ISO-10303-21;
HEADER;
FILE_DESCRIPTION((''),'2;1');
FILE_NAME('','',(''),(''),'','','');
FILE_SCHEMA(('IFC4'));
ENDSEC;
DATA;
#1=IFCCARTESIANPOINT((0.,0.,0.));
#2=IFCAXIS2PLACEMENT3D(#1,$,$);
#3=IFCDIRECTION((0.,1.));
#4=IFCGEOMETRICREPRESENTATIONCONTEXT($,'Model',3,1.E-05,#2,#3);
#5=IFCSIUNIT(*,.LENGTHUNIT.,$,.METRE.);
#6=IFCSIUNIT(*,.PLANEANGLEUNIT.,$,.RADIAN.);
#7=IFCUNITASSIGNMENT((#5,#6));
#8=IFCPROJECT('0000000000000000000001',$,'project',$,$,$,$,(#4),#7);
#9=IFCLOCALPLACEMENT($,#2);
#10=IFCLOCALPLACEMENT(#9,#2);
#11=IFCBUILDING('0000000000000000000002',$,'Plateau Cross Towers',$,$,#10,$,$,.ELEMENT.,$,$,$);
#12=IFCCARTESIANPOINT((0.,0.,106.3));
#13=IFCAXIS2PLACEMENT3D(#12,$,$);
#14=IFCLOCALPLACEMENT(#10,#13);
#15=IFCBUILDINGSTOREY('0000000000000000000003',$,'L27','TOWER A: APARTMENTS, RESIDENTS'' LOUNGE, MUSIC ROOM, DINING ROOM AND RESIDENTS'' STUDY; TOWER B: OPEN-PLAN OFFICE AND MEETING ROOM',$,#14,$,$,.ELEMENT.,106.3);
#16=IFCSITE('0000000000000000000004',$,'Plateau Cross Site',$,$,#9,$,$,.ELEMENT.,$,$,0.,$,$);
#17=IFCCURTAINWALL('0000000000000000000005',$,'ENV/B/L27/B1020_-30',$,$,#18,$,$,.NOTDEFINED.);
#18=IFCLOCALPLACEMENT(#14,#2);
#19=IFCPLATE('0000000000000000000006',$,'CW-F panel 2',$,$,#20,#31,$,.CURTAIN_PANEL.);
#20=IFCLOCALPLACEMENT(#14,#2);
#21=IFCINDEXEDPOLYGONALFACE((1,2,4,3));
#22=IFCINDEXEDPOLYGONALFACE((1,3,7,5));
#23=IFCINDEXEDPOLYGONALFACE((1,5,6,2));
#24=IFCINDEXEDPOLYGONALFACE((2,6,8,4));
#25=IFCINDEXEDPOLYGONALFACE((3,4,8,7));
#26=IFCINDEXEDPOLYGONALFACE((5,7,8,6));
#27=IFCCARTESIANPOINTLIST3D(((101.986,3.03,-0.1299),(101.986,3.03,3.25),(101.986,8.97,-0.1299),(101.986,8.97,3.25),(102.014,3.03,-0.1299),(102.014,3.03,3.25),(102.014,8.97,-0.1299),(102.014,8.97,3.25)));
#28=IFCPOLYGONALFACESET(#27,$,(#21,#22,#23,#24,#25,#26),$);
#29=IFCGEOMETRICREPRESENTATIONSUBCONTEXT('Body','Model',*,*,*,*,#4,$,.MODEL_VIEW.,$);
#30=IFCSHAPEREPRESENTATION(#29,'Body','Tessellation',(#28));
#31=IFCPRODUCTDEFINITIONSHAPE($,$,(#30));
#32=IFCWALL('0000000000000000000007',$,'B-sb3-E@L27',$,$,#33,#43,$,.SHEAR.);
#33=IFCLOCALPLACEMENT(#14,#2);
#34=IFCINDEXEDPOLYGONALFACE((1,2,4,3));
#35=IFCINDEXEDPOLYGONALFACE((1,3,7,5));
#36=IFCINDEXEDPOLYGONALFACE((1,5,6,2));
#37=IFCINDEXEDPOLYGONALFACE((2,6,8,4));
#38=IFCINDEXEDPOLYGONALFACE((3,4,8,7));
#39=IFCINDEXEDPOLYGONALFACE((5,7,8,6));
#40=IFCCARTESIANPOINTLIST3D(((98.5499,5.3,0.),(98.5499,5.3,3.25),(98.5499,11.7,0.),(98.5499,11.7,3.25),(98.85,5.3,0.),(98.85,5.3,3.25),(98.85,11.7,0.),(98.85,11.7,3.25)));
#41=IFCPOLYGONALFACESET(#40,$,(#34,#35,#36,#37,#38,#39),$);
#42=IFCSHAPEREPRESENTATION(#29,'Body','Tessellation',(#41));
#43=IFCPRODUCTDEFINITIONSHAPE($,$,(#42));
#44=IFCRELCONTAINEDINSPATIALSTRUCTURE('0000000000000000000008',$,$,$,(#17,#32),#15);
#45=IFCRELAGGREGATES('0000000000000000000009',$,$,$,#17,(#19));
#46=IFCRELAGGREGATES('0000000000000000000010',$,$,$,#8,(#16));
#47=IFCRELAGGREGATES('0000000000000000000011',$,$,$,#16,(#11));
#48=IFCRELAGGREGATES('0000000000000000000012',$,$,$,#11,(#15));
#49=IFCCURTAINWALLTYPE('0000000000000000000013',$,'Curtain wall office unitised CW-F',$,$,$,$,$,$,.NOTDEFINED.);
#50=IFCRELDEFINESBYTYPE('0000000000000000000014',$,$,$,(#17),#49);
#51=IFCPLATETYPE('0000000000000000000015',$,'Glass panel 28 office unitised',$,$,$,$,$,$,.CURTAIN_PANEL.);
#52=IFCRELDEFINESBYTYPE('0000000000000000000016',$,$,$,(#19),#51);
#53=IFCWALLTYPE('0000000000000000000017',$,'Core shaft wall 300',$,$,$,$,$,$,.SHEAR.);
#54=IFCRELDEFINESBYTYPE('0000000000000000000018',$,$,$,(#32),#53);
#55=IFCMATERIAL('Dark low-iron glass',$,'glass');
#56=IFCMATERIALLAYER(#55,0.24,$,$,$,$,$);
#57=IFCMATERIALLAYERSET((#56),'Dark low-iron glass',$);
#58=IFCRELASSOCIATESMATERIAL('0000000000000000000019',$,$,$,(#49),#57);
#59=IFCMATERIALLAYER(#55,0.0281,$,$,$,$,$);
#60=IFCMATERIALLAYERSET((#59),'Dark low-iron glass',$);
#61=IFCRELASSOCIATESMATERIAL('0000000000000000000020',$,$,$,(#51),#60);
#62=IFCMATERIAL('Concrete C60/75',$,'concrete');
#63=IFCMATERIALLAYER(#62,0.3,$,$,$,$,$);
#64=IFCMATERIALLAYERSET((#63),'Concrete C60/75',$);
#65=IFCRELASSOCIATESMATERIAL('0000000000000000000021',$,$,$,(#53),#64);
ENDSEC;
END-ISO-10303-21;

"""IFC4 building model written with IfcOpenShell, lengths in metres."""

from ifc_helpers import new_model, si_unit, direction, frame, frame_2d, origin, origin_2d, place, context, subcontext, project, spatial, rectangle, extrude, material, layer, layer_set, type_object, element, aggregate, save


model = new_model("IFC4")

# Units and contexts
model_context = context("Model", 3, precision=1e-05, world=origin(), true_north=direction((0.0, 1.0)))
body_context = subcontext(model_context, "Body", "Model", "MODEL_VIEW")
ifc_project = project(units=[si_unit("LENGTHUNIT", "METRE"), si_unit("PLANEANGLEUNIT", "RADIAN")], contexts=[model_context])

# Site, building, storey
site_placement = place(None, origin())
site = spatial("IfcSite", under=ifc_project, at=site_placement, Name="Plateau Cross Site", CompositionType="ELEMENT", RefElevation=0.0)
building_placement = place(site_placement, origin())
building = spatial("IfcBuilding", under=site, at=building_placement, Name="Plateau Cross Towers", CompositionType="ELEMENT")
storey_placement = place(building_placement, frame((0.0, 0.0, 106.3)))
storey = spatial("IfcBuildingStorey", under=building, at=storey_placement, Name="L27", Description="TOWER A: APARTMENTS, RESIDENTS' LOUNGE, MUSIC ROOM, DINING ROOM AND RESIDENTS' STUDY; TOWER B: OPEN-PLAN OFFICE AND MEETING ROOM", CompositionType="ELEMENT", Elevation=106.3)

# Shared definitions
ifc_material_1 = material(Name="Concrete C60/75", Category="concrete")

# Shared definitions
ifc_material_2 = material(Name="Dark low-iron glass", Category="glass")
ifc_layer_1 = layer(ifc_material_2, 0.24)
ifc_layer_set_1 = layer_set([ifc_layer_1], Name="Dark low-iron glass")
curtain_wall_type = type_object("IfcCurtainWallType", Name="Curtain wall office unitised CW-F", PredefinedType="NOTDEFINED", material=ifc_layer_set_1)

# Curtain wall
curtain_wall_1_placement = place(storey_placement, origin())
curtain_wall_1 = element("IfcCurtainWall", 1, at=curtain_wall_1_placement, inside=storey, type_object=curtain_wall_type, Name="ENV/B/L27/B1020_-30", PredefinedType="NOTDEFINED")

# Plate
ifc_layer_2 = layer(ifc_material_2, 0.0281)
ifc_layer_set_2 = layer_set([ifc_layer_2], Name="Dark low-iron glass")
plate_type = type_object("IfcPlateType", Name="Glass panel 28 office unitised", PredefinedType="CURTAIN_PANEL", material=ifc_layer_set_2)
plate_1_placement = place(storey_placement, frame((102.0, 6.0, -0.1299), z_axis=(0.0, 0.0, 1.0), x_axis=(0.0, 1.0, 0.0)))
plate_1 = element("IfcPlate", 2, at=plate_1_placement, type_object=plate_type, Name="CW-F panel 2", PredefinedType="CURTAIN_PANEL", context=body_context, shape_type="SweptSolid", body=[
    extrude(rectangle(XDim=5.9399, YDim=0.0281, at=origin_2d()), origin(), (0.0, 0.0, 1.0), 3.3799),
])
aggregate(curtain_wall_1, [plate_1])

# Wall
ifc_layer_3 = layer(ifc_material_1, 0.3)
ifc_layer_set_3 = layer_set([ifc_layer_3], Name="Concrete C60/75")
wall_type = type_object("IfcWallType", Name="Core shaft wall 300", PredefinedType="SHEAR", material=ifc_layer_set_3)
wall_placement = place(storey_placement, frame((98.7, 5.3, 0.0), z_axis=(0.0, 0.0, 1.0), x_axis=(0.0, 1.0, 0.0)))
element("IfcWall", 3, at=wall_placement, inside=storey, type_object=wall_type, Name="B-sb3-E@L27", PredefinedType="SHEAR", context=body_context, shape_type="SweptSolid", body=[
    extrude(rectangle(XDim=6.3999, YDim=0.3, at=frame_2d((3.2, 0.0))), origin(), (0.0, 0.0, 1.0), 3.25),
])

save(model, "model.ifc")
